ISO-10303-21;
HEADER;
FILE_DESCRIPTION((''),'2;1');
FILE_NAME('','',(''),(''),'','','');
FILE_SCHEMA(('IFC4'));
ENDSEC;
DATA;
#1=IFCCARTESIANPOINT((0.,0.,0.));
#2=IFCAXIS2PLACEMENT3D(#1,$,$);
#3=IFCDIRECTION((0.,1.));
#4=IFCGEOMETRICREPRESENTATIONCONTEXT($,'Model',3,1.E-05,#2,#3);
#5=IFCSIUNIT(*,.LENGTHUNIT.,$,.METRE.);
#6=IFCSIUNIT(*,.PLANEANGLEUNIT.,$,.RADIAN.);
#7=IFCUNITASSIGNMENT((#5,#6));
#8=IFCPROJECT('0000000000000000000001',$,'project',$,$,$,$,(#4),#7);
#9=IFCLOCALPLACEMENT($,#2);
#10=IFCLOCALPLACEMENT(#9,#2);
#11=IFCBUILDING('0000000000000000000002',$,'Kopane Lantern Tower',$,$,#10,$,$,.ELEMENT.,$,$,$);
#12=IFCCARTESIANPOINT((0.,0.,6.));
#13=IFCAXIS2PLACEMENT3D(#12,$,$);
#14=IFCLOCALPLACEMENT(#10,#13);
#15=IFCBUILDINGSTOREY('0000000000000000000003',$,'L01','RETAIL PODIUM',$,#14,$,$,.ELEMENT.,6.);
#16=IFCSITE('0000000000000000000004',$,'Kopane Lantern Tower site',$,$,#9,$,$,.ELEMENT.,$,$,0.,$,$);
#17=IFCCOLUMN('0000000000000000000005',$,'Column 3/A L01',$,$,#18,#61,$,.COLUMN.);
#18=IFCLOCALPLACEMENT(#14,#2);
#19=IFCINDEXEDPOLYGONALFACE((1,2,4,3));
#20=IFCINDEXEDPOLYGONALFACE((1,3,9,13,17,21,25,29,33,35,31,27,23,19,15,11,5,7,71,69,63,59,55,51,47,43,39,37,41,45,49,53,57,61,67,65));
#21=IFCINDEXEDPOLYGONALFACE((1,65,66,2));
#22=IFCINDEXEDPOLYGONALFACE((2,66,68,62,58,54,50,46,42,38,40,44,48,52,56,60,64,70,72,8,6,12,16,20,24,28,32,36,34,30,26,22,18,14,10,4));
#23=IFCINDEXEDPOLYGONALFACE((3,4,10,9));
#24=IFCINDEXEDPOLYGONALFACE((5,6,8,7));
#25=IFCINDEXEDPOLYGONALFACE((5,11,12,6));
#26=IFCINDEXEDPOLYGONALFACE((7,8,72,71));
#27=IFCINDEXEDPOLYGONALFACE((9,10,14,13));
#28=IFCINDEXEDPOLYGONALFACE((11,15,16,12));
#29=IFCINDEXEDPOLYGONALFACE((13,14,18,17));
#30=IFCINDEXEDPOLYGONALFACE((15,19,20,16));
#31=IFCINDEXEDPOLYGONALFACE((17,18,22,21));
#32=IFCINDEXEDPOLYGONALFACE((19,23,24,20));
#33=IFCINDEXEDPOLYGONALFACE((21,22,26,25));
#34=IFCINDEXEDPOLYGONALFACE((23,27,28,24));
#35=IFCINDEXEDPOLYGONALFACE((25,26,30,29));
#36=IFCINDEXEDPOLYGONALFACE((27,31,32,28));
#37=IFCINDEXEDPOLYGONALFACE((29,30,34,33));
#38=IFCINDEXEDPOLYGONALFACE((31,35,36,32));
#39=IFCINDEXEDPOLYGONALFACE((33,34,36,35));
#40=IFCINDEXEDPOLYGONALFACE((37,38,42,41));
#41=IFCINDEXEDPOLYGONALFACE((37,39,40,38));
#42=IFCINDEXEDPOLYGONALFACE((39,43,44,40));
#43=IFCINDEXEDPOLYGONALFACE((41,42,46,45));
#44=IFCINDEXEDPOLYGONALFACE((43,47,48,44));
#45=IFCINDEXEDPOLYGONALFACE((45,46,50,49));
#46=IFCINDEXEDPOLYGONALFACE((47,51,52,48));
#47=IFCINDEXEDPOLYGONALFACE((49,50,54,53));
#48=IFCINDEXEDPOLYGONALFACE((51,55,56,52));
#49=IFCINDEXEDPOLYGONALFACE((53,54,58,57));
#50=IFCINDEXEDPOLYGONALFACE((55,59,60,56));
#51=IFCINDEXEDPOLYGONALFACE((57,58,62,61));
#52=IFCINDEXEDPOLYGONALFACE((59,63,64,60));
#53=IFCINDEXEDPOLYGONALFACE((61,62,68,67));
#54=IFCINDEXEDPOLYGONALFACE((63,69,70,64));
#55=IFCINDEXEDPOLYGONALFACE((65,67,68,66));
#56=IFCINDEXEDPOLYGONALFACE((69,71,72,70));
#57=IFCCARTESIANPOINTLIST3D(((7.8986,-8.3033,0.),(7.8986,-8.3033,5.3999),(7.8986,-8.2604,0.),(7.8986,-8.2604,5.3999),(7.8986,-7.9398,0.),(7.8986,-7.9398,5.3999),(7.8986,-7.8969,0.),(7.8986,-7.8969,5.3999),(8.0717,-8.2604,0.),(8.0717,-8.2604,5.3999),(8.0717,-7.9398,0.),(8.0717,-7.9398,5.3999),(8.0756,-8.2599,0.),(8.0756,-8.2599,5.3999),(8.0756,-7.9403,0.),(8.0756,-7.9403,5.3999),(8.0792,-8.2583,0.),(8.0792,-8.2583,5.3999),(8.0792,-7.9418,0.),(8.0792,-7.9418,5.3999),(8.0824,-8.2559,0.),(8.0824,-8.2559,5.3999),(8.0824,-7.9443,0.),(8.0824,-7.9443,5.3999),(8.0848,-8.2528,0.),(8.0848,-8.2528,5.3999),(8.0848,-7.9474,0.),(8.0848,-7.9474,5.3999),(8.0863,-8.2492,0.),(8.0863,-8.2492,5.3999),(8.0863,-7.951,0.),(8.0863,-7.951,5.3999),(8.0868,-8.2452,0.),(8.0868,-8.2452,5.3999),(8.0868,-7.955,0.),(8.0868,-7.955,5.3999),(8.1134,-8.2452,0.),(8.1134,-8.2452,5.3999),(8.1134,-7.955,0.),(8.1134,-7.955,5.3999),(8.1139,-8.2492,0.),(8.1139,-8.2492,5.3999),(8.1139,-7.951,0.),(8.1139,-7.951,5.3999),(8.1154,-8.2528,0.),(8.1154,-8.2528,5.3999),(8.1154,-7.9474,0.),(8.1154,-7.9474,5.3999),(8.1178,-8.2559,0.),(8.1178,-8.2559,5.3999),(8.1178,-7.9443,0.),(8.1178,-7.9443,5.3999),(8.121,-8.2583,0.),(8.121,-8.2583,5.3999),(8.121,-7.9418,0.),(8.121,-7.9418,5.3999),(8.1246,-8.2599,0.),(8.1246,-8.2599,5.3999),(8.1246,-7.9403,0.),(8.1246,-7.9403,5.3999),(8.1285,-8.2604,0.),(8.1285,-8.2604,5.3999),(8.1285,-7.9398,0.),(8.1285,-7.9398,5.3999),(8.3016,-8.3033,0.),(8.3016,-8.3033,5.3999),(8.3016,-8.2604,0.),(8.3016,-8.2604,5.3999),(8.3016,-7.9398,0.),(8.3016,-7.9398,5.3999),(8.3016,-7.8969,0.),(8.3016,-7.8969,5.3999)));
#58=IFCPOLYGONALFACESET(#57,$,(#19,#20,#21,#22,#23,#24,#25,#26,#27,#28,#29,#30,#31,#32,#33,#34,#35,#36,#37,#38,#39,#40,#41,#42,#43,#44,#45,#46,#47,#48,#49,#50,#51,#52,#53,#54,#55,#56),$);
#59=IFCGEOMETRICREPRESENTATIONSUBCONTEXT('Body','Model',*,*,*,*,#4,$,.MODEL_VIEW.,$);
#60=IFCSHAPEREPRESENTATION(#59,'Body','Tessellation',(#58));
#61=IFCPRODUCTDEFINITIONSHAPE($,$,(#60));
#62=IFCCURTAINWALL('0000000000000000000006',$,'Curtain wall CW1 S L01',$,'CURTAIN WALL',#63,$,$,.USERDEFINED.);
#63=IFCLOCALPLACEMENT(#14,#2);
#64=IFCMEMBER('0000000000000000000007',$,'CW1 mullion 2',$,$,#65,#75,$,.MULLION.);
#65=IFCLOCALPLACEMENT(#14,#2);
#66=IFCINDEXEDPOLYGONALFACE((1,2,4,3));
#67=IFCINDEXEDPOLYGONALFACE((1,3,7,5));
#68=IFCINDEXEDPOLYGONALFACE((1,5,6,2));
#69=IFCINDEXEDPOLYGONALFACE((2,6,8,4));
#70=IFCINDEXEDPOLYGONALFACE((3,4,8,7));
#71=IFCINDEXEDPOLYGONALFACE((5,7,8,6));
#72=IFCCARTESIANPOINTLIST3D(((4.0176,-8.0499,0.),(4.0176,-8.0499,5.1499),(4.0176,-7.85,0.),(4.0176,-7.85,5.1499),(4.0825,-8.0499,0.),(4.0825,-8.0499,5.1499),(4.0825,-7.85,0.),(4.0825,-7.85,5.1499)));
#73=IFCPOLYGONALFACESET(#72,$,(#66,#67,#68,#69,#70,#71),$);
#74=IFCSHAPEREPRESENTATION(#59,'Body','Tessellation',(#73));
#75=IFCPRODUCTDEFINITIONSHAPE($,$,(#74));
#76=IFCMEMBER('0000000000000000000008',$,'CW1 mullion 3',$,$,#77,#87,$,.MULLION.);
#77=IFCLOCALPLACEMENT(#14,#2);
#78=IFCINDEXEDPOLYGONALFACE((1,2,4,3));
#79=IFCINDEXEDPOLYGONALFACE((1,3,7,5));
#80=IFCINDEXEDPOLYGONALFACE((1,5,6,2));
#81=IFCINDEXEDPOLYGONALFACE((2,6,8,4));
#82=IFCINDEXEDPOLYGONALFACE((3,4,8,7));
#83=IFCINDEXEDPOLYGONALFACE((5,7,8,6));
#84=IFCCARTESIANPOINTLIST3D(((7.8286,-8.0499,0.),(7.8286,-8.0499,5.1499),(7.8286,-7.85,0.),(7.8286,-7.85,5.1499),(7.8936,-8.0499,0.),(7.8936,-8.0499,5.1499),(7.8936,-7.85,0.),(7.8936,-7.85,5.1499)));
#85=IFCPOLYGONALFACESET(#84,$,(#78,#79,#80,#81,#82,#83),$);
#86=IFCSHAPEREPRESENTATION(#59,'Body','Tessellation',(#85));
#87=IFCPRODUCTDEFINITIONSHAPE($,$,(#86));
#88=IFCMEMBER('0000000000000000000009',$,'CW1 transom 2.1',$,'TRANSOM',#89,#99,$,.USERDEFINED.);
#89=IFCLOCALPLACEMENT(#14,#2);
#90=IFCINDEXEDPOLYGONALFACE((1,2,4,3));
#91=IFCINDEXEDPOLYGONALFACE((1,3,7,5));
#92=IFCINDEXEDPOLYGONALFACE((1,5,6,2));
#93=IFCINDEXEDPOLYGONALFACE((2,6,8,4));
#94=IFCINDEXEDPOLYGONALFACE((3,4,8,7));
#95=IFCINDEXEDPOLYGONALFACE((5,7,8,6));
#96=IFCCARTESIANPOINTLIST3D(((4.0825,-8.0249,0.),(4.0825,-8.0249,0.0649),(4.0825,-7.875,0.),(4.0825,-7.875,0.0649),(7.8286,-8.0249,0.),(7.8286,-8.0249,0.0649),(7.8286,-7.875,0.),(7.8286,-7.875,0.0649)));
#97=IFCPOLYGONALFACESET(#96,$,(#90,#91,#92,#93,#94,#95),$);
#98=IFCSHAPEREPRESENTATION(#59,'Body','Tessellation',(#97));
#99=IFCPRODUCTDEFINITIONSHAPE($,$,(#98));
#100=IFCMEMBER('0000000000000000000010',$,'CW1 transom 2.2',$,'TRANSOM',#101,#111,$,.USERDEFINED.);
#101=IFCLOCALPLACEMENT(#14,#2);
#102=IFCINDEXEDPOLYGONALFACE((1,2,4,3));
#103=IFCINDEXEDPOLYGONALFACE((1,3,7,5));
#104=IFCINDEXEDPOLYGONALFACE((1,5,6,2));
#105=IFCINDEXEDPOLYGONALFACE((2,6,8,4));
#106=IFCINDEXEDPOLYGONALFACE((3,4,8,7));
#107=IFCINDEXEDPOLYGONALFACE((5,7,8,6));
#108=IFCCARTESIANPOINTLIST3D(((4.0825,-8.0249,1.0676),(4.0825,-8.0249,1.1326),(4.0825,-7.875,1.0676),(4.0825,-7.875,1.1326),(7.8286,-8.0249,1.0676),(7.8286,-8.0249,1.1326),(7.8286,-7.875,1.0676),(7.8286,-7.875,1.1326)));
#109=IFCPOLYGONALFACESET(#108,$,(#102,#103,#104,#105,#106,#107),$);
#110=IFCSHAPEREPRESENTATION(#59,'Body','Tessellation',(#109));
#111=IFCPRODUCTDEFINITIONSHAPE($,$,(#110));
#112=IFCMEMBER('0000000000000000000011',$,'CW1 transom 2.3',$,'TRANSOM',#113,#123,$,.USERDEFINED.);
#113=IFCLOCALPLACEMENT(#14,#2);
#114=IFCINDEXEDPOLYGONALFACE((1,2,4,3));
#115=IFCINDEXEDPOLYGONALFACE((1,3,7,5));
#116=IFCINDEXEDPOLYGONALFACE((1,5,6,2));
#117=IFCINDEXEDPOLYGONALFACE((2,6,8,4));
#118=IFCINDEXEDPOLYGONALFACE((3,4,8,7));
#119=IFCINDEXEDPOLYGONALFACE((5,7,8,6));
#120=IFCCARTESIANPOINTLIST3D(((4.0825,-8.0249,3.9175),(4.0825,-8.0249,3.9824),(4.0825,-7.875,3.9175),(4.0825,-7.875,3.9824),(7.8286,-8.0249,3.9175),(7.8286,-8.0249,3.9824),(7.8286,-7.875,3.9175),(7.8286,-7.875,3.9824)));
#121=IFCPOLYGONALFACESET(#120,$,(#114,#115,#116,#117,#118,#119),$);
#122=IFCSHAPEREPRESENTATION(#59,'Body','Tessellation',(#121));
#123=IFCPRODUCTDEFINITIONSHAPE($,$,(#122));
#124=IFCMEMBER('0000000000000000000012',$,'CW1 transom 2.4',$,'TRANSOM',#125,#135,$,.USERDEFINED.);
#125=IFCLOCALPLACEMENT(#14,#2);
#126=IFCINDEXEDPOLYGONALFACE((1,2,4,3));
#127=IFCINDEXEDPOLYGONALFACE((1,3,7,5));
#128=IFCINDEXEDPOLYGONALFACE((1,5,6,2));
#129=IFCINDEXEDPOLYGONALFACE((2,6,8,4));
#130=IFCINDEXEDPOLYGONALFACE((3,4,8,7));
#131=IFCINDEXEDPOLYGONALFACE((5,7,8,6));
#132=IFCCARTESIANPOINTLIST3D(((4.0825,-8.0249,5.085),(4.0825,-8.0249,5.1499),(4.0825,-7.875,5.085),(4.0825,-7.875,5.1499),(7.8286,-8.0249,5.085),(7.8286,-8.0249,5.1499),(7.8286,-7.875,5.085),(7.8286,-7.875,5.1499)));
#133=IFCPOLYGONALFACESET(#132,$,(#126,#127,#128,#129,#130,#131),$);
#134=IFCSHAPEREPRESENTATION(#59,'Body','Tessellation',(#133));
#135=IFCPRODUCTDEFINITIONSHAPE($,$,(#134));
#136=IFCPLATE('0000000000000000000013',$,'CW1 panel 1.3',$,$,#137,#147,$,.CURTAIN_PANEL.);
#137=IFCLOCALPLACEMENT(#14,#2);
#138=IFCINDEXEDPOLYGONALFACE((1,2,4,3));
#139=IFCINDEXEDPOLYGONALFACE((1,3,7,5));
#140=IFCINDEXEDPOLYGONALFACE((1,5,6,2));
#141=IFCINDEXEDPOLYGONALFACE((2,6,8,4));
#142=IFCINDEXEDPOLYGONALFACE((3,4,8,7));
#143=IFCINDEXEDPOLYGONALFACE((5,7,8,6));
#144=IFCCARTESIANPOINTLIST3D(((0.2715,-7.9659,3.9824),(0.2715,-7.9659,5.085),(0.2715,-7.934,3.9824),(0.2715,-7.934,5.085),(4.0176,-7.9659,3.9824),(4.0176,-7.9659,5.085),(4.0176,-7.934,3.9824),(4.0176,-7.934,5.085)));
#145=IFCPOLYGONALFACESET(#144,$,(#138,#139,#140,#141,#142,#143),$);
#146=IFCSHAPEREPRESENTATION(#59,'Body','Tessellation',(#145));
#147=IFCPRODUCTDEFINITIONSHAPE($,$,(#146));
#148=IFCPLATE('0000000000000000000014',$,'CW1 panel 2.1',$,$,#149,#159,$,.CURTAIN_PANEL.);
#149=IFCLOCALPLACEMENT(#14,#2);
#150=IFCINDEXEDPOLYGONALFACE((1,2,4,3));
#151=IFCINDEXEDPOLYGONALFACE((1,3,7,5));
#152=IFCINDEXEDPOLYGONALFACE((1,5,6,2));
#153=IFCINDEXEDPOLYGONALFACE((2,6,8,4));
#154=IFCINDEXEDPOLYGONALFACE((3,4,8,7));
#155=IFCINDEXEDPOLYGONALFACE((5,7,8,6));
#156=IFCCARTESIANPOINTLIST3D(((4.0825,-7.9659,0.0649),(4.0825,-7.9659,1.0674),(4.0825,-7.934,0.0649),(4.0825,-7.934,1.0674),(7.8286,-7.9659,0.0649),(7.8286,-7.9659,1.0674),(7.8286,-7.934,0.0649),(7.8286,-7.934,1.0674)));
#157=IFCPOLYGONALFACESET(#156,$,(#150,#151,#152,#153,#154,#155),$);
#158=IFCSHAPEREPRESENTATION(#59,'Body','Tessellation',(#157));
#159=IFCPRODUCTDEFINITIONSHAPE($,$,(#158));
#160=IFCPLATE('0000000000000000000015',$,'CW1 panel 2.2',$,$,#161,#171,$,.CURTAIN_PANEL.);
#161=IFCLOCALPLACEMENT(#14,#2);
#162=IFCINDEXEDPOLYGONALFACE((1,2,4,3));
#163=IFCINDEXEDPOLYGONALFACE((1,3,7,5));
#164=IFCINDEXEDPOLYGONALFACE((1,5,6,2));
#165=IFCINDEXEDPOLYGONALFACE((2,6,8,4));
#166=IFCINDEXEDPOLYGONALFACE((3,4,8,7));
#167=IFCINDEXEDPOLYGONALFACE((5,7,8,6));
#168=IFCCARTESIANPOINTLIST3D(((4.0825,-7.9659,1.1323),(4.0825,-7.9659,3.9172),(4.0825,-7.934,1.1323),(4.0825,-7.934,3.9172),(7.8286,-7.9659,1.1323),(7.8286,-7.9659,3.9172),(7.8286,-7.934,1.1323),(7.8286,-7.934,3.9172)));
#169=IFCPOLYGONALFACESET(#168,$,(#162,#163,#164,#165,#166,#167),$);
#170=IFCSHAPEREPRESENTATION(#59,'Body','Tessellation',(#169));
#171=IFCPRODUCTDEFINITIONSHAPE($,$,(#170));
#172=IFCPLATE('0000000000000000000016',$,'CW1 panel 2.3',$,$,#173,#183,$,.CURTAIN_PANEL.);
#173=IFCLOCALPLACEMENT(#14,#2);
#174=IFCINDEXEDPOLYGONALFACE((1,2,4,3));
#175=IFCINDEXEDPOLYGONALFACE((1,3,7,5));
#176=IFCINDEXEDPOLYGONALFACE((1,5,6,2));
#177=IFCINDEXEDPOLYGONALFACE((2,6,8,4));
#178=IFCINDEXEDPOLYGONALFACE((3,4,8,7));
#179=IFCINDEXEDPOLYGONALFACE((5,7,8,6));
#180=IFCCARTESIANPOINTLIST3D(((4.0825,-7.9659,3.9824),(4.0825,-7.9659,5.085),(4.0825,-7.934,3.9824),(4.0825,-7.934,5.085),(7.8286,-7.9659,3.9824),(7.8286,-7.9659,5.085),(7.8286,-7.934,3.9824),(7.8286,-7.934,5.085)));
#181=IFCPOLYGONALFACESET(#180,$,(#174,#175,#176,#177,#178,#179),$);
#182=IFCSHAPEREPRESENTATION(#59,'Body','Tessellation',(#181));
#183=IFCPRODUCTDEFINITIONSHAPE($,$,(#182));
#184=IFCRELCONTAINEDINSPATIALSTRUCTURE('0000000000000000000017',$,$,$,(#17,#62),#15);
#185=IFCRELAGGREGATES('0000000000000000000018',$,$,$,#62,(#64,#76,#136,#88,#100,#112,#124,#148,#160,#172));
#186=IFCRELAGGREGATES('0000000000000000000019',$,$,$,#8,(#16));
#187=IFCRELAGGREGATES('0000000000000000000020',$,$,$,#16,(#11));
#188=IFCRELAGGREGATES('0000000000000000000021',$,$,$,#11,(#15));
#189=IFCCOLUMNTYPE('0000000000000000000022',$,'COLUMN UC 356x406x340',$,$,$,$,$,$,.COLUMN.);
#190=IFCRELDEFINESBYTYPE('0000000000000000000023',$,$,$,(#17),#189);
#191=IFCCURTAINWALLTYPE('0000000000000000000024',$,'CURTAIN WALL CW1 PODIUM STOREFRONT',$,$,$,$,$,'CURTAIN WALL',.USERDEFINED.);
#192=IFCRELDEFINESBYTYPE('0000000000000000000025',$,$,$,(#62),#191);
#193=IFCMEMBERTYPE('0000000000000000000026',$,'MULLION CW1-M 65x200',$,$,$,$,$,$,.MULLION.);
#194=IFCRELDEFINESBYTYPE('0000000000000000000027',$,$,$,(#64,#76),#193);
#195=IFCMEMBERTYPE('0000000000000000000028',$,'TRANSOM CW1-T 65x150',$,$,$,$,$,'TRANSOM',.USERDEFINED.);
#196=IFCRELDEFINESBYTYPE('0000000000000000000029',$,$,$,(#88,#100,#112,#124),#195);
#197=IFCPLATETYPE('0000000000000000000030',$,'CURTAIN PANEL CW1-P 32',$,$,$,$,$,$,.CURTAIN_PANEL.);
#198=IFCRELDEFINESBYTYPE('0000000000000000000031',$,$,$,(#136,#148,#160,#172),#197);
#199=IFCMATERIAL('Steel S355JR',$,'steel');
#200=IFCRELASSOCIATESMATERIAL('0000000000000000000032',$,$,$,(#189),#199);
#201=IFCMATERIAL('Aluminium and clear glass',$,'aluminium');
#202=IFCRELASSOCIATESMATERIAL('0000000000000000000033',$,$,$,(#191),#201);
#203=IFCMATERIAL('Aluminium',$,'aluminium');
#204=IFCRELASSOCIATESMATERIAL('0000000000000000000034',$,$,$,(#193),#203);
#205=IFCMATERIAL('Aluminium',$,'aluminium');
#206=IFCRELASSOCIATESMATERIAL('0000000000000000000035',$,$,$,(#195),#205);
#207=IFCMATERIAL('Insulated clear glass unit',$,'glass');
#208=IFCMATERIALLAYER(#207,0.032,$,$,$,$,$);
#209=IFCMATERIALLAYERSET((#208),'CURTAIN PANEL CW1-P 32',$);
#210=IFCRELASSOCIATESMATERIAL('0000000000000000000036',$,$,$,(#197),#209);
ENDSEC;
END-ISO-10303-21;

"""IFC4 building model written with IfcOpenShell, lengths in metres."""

from ifc_helpers import new_model, si_unit, direction, frame, origin, origin_2d, place, context, subcontext, project, spatial, rectangle, i_section, extrude, material, layer, layer_set, material_profile, profile_set, type_object, element, aggregate, save


model = new_model("IFC4")

# Units and contexts
model_context = context("Model", 3, precision=1e-05, world=origin(), true_north=direction((0.0, 1.0)))
body_context = subcontext(model_context, "Body", "Model", "MODEL_VIEW")
ifc_project = project(units=[si_unit("LENGTHUNIT", "METRE"), si_unit("PLANEANGLEUNIT", "RADIAN")], contexts=[model_context])

# Site, building, storey
site_placement = place(None, origin())
site = spatial("IfcSite", under=ifc_project, at=site_placement, Name="Kopane Lantern Tower site", CompositionType="ELEMENT", RefElevation=0.0)
building_placement = place(site_placement, origin())
building = spatial("IfcBuilding", under=site, at=building_placement, Name="Kopane Lantern Tower", CompositionType="ELEMENT")
storey_placement = place(building_placement, frame((0.0, 0.0, 6.0)))
storey = spatial("IfcBuildingStorey", under=building, at=storey_placement, Name="L01", Description="RETAIL PODIUM", CompositionType="ELEMENT", Elevation=6.0)

# Column
ifc_material_1 = material(Name="Steel S355JR", Category="steel")
ifc_material_profile_1 = material_profile(ifc_material_1, i_section(OverallWidth=0.4031, OverallDepth=0.4065, WebThickness=0.0266, FlangeThickness=0.043, FilletRadius=0.0151, at=origin_2d()), Name="UC 356x406x340")
ifc_profile_set_1 = profile_set([ifc_material_profile_1], Name="Steel S355JR")
column_type = type_object("IfcColumnType", Name="COLUMN UC 356x406x340", PredefinedType="COLUMN", material=ifc_profile_set_1)
column_placement = place(storey_placement, frame((8.1001, -8.1001, 0.0), z_axis=(0.0, 0.0, 1.0), x_axis=(1.0, 0.0, 0.0)))
element("IfcColumn", 1, at=column_placement, inside=storey, type_object=column_type, Name="Column 3/A L01", PredefinedType="COLUMN", context=body_context, shape_type="SweptSolid", body=[
    extrude(i_section(OverallWidth=0.4031, OverallDepth=0.4065, WebThickness=0.0266, FlangeThickness=0.043, FilletRadius=0.0151, at=origin_2d()), origin(), (0.0, 0.0, 1.0), 5.3999),
])

# Curtain wall, members, plates
ifc_material_2 = material(Name="Aluminium and clear glass", Category="aluminium")
curtain_wall_type = type_object("IfcCurtainWallType", Name="CURTAIN WALL CW1 PODIUM STOREFRONT", ElementType="CURTAIN WALL", PredefinedType="USERDEFINED", material=ifc_material_2)
curtain_wall_placement = place(storey_placement, origin())
curtain_wall = element("IfcCurtainWall", 2, at=curtain_wall_placement, inside=storey, type_object=curtain_wall_type, Name="Curtain wall CW1 S L01", ObjectType="CURTAIN WALL", PredefinedType="USERDEFINED")
ifc_material_3 = material(Name="Aluminium", Category="aluminium")
ifc_material_profile_2 = material_profile(ifc_material_3, rectangle(XDim=0.0649, YDim=0.2, at=origin_2d()), Name="AL 65x200")
ifc_profile_set_2 = profile_set([ifc_material_profile_2], Name="Aluminium")
member_type_1 = type_object("IfcMemberType", Name="MULLION CW1-M 65x200", PredefinedType="MULLION", material=ifc_profile_set_2)
member_1_placement = place(storey_placement, frame((4.05, -7.95, 0.0), z_axis=(0.0, 0.0, 1.0), x_axis=(1.0, 0.0, 0.0)))
member_1 = element("IfcMember", 3, at=member_1_placement, type_object=member_type_1, Name="CW1 mullion 2", PredefinedType="MULLION", context=body_context, shape_type="SweptSolid", body=[
    extrude(rectangle(XDim=0.0649, YDim=0.2, at=origin_2d()), origin(), (0.0, 0.0, 1.0), 5.1499),
])
member_2_placement = place(storey_placement, frame((7.8611, -7.95, 0.0), z_axis=(0.0, 0.0, 1.0), x_axis=(1.0, 0.0, 0.0)))
member_2 = element("IfcMember", 4, at=member_2_placement, type_object=member_type_1, Name="CW1 mullion 3", PredefinedType="MULLION", context=body_context, shape_type="SweptSolid", body=[
    extrude(rectangle(XDim=0.0649, YDim=0.2, at=origin_2d()), origin(), (0.0, 0.0, 1.0), 5.1499),
])
ifc_material_4 = material(Name="Aluminium", Category="aluminium")
ifc_material_profile_3 = material_profile(ifc_material_4, rectangle(XDim=0.1499, YDim=0.0649, at=origin_2d()), Name="AL 150x65")
ifc_profile_set_3 = profile_set([ifc_material_profile_3], Name="Aluminium")
member_type_2 = type_object("IfcMemberType", Name="TRANSOM CW1-T 65x150", ElementType="TRANSOM", PredefinedType="USERDEFINED", material=ifc_profile_set_3)
member_3_placement = place(storey_placement, frame((4.0825, -7.95, 0.0325), z_axis=(1.0, 0.0, 0.0), x_axis=(0.0, 1.0, 0.0)))
member_3 = element("IfcMember", 5, at=member_3_placement, type_object=member_type_2, Name="CW1 transom 2.1", ObjectType="TRANSOM", PredefinedType="USERDEFINED", context=body_context, shape_type="SweptSolid", body=[
    extrude(rectangle(XDim=0.1499, YDim=0.0649, at=origin_2d()), origin(), (0.0, 0.0, 1.0), 3.7461),
])
member_4_placement = place(storey_placement, frame((4.0825, -7.95, 1.1001), z_axis=(1.0, 0.0, 0.0), x_axis=(0.0, 1.0, 0.0)))
member_4 = element("IfcMember", 6, at=member_4_placement, type_object=member_type_2, Name="CW1 transom 2.2", ObjectType="TRANSOM", PredefinedType="USERDEFINED", context=body_context, shape_type="SweptSolid", body=[
    extrude(rectangle(XDim=0.1499, YDim=0.0649, at=origin_2d()), origin(), (0.0, 0.0, 1.0), 3.7461),
])
member_5_placement = place(storey_placement, frame((4.0825, -7.95, 3.95), z_axis=(1.0, 0.0, 0.0), x_axis=(0.0, 1.0, 0.0)))
member_5 = element("IfcMember", 7, at=member_5_placement, type_object=member_type_2, Name="CW1 transom 2.3", ObjectType="TRANSOM", PredefinedType="USERDEFINED", context=body_context, shape_type="SweptSolid", body=[
    extrude(rectangle(XDim=0.1499, YDim=0.0649, at=origin_2d()), origin(), (0.0, 0.0, 1.0), 3.7461),
])
member_6_placement = place(storey_placement, frame((4.0825, -7.95, 5.1174), z_axis=(1.0, 0.0, 0.0), x_axis=(0.0, 1.0, 0.0)))
member_6 = element("IfcMember", 8, at=member_6_placement, type_object=member_type_2, Name="CW1 transom 2.4", ObjectType="TRANSOM", PredefinedType="USERDEFINED", context=body_context, shape_type="SweptSolid", body=[
    extrude(rectangle(XDim=0.1499, YDim=0.0649, at=origin_2d()), origin(), (0.0, 0.0, 1.0), 3.7461),
])
ifc_material_5 = material(Name="Insulated clear glass unit", Category="glass")
ifc_layer = layer(ifc_material_5, 0.032)
ifc_layer_set = layer_set([ifc_layer], Name="CURTAIN PANEL CW1-P 32")
plate_type = type_object("IfcPlateType", Name="CURTAIN PANEL CW1-P 32", PredefinedType="CURTAIN_PANEL", material=ifc_layer_set)
plate_1_placement = place(storey_placement, frame((2.1445, -7.95, 3.9824), z_axis=(0.0, 0.0, 1.0), x_axis=(1.0, 0.0, 0.0)))
plate_1 = element("IfcPlate", 9, at=plate_1_placement, type_object=plate_type, Name="CW1 panel 1.3", PredefinedType="CURTAIN_PANEL", context=body_context, shape_type="SweptSolid", body=[
    extrude(rectangle(XDim=3.7461, YDim=0.032, at=origin_2d()), origin(), (0.0, 0.0, 1.0), 1.1025),
])
plate_2_placement = place(storey_placement, frame((5.9556, -7.95, 0.0649), z_axis=(0.0, 0.0, 1.0), x_axis=(1.0, 0.0, 0.0)))
plate_2 = element("IfcPlate", 10, at=plate_2_placement, type_object=plate_type, Name="CW1 panel 2.1", PredefinedType="CURTAIN_PANEL", context=body_context, shape_type="SweptSolid", body=[
    extrude(rectangle(XDim=3.7461, YDim=0.032, at=origin_2d()), origin(), (0.0, 0.0, 1.0), 1.0024),
])
plate_3_placement = place(storey_placement, frame((5.9556, -7.95, 1.1323), z_axis=(0.0, 0.0, 1.0), x_axis=(1.0, 0.0, 0.0)))
plate_3 = element("IfcPlate", 11, at=plate_3_placement, type_object=plate_type, Name="CW1 panel 2.2", PredefinedType="CURTAIN_PANEL", context=body_context, shape_type="SweptSolid", body=[
    extrude(rectangle(XDim=3.7461, YDim=0.032, at=origin_2d()), origin(), (0.0, 0.0, 1.0), 2.7849),
])
plate_4_placement = place(storey_placement, frame((5.9556, -7.95, 3.9824), z_axis=(0.0, 0.0, 1.0), x_axis=(1.0, 0.0, 0.0)))
plate_4 = element("IfcPlate", 12, at=plate_4_placement, type_object=plate_type, Name="CW1 panel 2.3", PredefinedType="CURTAIN_PANEL", context=body_context, shape_type="SweptSolid", body=[
    extrude(rectangle(XDim=3.7461, YDim=0.032, at=origin_2d()), origin(), (0.0, 0.0, 1.0), 1.1025),
])
aggregate(curtain_wall, [member_1, member_2, plate_1, member_3, member_4, member_5, member_6, plate_2, plate_3, plate_4])

save(model, "model.ifc")
